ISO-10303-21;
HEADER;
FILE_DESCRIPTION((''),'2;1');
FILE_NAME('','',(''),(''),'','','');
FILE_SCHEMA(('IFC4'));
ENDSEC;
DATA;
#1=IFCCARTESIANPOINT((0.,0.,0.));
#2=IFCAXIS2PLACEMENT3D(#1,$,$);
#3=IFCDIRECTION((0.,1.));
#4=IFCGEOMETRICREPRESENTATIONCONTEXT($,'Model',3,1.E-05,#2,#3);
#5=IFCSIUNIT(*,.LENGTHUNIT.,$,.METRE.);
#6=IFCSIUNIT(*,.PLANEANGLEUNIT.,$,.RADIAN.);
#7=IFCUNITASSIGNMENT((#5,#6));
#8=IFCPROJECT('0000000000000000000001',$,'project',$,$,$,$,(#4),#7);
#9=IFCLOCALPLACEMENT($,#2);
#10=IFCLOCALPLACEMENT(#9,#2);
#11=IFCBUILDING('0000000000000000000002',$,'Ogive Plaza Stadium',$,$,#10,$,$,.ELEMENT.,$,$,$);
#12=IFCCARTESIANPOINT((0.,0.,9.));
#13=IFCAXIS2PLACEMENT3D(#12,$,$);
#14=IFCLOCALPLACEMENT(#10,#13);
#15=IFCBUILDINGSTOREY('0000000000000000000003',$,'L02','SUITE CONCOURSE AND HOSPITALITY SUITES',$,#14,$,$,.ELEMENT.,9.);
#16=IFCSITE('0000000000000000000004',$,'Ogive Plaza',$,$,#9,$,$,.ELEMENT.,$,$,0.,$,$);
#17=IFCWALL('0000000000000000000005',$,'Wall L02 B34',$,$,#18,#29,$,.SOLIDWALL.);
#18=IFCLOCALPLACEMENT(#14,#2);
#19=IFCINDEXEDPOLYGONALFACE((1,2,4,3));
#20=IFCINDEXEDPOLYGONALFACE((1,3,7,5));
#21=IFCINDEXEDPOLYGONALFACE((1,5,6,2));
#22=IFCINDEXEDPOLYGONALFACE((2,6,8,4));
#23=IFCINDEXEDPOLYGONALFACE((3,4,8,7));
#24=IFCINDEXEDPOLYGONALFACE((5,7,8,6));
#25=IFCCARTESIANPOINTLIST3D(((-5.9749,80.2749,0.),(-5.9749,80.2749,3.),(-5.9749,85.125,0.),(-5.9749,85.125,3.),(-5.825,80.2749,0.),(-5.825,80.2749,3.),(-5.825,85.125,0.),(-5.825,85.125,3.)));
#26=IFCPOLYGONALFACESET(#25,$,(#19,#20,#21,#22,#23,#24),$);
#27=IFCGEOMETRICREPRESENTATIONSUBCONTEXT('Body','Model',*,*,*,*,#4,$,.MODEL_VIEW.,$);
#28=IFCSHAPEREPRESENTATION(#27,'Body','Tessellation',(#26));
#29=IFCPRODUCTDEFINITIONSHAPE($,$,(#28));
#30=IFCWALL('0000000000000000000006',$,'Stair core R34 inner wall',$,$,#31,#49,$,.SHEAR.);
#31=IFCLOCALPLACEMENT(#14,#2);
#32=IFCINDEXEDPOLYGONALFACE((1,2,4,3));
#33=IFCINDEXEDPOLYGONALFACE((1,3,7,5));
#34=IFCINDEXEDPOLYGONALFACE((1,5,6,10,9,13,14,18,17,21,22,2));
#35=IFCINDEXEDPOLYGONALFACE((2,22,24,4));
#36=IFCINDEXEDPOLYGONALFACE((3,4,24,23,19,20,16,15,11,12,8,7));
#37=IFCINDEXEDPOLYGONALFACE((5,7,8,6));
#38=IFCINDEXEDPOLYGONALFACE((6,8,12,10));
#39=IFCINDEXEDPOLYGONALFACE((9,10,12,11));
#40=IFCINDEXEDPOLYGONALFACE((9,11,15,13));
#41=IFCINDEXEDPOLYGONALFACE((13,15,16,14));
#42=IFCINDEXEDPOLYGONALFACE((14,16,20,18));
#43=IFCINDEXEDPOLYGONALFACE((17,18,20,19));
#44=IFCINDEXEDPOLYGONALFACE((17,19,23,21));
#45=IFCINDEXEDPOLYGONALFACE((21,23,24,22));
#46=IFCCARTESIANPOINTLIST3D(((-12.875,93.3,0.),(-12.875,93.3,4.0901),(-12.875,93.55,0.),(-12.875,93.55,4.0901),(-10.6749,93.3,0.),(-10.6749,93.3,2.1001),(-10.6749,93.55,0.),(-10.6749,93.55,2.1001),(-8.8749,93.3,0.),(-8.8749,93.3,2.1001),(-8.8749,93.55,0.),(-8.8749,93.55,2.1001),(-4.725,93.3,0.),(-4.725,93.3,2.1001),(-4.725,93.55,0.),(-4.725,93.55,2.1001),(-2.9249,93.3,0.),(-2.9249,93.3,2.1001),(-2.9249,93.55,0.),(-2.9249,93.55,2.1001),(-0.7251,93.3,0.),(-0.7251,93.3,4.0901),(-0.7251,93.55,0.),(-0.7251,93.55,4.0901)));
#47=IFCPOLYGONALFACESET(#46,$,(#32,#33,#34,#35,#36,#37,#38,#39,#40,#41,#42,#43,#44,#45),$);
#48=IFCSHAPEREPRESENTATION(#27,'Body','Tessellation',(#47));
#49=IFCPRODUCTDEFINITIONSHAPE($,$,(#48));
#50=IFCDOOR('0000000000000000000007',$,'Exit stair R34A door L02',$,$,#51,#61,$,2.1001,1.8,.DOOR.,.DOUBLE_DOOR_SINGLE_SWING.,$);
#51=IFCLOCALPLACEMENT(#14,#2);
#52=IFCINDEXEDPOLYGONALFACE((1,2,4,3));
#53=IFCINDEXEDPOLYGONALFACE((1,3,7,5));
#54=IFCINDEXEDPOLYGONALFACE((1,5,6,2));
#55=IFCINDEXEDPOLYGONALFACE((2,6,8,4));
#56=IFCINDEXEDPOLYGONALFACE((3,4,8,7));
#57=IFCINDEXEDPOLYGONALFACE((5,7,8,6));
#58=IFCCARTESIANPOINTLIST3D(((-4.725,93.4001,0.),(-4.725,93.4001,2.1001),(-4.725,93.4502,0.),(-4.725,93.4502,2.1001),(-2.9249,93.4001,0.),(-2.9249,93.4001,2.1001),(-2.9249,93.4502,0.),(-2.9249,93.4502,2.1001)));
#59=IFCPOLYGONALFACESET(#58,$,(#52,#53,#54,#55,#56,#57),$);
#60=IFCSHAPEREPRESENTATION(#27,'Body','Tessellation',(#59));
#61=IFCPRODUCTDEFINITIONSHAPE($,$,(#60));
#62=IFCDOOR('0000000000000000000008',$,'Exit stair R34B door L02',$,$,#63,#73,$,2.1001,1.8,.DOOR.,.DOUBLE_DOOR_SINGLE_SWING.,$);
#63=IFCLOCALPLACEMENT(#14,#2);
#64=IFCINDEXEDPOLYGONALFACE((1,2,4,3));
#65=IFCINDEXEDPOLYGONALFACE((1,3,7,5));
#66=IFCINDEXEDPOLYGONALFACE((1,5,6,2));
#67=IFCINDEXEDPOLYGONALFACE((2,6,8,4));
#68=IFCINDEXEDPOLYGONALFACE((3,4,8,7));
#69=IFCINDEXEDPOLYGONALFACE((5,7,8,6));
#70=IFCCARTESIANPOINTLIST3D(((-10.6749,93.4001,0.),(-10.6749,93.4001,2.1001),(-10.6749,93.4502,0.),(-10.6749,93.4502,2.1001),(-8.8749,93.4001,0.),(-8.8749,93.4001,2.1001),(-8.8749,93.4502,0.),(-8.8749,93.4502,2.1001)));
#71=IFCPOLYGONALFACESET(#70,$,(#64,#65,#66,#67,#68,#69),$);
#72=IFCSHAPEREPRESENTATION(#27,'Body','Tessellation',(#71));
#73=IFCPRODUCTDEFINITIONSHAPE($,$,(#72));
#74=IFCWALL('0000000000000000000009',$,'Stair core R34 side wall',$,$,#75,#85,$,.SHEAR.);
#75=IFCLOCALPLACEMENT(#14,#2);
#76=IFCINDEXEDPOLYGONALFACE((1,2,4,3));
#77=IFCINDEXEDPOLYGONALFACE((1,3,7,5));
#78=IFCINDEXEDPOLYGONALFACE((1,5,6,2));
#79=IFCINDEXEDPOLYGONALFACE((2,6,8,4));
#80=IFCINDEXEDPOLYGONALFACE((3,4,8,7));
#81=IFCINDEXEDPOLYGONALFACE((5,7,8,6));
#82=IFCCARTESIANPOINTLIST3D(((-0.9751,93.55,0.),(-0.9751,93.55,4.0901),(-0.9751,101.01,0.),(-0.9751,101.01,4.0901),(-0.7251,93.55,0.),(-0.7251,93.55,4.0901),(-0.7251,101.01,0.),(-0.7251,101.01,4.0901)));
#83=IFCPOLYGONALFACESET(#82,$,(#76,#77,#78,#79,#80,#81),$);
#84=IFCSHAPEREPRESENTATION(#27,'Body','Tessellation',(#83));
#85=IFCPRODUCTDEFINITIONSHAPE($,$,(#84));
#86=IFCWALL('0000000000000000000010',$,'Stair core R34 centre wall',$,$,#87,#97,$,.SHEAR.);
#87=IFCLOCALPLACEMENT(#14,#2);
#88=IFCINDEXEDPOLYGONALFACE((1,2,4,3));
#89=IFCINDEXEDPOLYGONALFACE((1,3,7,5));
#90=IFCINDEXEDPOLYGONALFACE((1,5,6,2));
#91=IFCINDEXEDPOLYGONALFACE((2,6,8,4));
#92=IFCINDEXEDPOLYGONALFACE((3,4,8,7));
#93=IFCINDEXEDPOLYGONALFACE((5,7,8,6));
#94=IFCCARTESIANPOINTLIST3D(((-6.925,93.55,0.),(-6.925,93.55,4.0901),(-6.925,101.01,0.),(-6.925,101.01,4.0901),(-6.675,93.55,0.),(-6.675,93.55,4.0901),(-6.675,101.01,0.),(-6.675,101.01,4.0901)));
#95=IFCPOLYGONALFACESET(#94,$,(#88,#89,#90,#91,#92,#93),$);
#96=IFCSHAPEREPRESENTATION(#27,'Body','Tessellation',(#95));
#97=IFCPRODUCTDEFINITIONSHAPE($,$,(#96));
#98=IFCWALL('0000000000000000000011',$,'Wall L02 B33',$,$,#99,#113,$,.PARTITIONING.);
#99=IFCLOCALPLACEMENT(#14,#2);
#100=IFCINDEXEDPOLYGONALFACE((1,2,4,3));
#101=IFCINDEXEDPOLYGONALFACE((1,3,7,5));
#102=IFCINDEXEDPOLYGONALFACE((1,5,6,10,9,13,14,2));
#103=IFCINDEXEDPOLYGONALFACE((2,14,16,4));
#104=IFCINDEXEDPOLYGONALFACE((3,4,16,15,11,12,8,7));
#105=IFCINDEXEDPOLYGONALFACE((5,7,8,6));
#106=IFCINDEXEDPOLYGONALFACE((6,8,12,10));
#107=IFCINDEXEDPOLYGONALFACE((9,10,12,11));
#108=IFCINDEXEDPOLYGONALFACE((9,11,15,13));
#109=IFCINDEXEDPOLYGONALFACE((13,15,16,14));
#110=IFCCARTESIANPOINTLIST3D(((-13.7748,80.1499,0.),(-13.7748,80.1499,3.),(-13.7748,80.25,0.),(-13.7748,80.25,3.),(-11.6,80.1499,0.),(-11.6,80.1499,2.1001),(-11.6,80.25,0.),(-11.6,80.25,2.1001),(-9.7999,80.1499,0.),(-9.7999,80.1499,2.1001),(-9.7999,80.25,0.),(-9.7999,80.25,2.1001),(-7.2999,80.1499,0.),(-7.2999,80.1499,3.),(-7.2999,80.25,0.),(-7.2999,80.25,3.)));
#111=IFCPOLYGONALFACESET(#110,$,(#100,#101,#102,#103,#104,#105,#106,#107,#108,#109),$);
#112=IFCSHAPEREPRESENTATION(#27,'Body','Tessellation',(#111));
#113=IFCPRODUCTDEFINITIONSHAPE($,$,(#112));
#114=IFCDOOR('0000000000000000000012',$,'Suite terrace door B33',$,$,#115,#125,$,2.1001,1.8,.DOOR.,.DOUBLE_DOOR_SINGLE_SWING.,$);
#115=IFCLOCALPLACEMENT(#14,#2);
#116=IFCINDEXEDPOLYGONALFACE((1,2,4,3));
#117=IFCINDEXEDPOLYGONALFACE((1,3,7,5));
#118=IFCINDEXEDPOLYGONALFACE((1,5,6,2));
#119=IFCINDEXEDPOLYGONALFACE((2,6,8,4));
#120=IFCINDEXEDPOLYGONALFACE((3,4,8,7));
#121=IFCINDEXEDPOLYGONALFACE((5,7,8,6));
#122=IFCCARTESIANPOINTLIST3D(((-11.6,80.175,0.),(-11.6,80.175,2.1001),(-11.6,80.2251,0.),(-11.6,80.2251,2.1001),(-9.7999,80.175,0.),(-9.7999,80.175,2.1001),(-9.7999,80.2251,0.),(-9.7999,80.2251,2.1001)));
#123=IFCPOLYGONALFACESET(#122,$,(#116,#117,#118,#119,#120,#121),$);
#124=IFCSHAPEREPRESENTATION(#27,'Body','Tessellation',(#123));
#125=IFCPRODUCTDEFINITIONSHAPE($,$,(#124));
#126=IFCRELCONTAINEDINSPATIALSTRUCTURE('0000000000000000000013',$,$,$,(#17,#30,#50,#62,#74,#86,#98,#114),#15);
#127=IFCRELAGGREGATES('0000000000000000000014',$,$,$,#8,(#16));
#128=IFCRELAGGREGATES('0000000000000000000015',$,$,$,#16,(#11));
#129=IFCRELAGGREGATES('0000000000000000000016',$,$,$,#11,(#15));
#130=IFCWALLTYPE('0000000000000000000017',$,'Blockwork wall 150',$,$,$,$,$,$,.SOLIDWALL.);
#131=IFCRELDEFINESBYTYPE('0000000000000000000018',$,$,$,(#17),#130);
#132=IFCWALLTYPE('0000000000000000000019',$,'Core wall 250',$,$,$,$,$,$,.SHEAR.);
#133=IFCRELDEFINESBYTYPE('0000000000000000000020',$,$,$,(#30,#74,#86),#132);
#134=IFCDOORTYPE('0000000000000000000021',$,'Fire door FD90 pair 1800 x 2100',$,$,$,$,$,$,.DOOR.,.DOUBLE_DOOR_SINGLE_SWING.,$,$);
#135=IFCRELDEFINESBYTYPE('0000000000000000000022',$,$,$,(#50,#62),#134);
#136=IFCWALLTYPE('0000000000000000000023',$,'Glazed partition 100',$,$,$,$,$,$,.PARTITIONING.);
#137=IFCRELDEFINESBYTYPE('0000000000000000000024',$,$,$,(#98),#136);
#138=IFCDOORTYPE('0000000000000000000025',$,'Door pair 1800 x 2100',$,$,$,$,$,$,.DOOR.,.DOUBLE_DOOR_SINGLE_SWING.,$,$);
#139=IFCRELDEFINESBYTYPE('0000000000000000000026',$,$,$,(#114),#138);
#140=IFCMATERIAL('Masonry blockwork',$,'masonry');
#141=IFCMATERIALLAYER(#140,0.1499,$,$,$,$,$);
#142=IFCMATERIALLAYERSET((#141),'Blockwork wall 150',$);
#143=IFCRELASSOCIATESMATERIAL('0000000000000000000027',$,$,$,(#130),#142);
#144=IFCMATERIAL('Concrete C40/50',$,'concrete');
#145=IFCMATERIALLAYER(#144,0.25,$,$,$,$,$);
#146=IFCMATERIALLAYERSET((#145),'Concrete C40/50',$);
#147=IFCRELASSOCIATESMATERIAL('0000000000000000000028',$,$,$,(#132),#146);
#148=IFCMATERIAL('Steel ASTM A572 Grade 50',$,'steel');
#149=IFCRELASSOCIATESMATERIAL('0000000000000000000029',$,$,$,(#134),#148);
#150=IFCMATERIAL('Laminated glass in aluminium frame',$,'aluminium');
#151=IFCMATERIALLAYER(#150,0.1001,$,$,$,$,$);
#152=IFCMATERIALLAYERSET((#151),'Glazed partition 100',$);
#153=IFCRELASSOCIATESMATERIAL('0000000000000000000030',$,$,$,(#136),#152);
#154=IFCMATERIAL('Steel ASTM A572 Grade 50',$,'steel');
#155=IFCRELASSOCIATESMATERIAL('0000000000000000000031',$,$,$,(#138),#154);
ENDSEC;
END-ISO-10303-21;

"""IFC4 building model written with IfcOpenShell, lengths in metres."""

from ifc_helpers import new_model, si_unit, direction, frame, frame_2d, origin, place, context, subcontext, project, spatial, rectangle, extrude, material, layer, layer_set, type_object, element, fill, save


model = new_model("IFC4")

# Units and contexts
model_context = context("Model", 3, precision=1e-05, world=origin(), true_north=direction((0.0, 1.0)))
body_context = subcontext(model_context, "Body", "Model", "MODEL_VIEW")
ifc_project = project(units=[si_unit("LENGTHUNIT", "METRE"), si_unit("PLANEANGLEUNIT", "RADIAN")], contexts=[model_context])

# Site, building, storey
site_placement = place(None, origin())
site = spatial("IfcSite", under=ifc_project, at=site_placement, Name="Ogive Plaza", CompositionType="ELEMENT", RefElevation=0.0)
building_placement = place(site_placement, origin())
building = spatial("IfcBuilding", under=site, at=building_placement, Name="Ogive Plaza Stadium", CompositionType="ELEMENT")
storey_placement = place(building_placement, frame((0.0, 0.0, 9.0)))
storey = spatial("IfcBuildingStorey", under=building, at=storey_placement, Name="L02", Description="SUITE CONCOURSE AND HOSPITALITY SUITES", CompositionType="ELEMENT", Elevation=9.0)

# Shared definitions
ifc_material_1 = material(Name="Masonry blockwork", Category="masonry")
ifc_layer_1 = layer(ifc_material_1, 0.1499)
ifc_layer_set_1 = layer_set([ifc_layer_1], Name="Blockwork wall 150")
wall_type_1 = type_object("IfcWallType", Name="Blockwork wall 150", PredefinedType="SOLIDWALL", material=ifc_layer_set_1)

# Wall
wall_1_placement = place(storey_placement, frame((-5.8999, 80.2749, 0.0), z_axis=(0.0, 0.0, 1.0), x_axis=(0.0, 1.0, 0.0)))
element("IfcWall", 1, at=wall_1_placement, inside=storey, type_object=wall_type_1, Name="Wall L02 B34", PredefinedType="SOLIDWALL", context=body_context, shape_type="SweptSolid", body=[
    extrude(rectangle(XDim=4.8501, YDim=0.1499, at=frame_2d((2.425, 0.0))), origin(), (0.0, 0.0, 1.0), 3.0),
])

# Wall, openings, doors
ifc_material_2 = material(Name="Concrete C40/50", Category="concrete")
ifc_layer_2 = layer(ifc_material_2, 0.25)
ifc_layer_set_2 = layer_set([ifc_layer_2], Name="Concrete C40/50")
wall_type_2 = type_object("IfcWallType", Name="Core wall 250", PredefinedType="SHEAR", material=ifc_layer_set_2)
wall_2_placement = place(storey_placement, frame((-0.7251, 93.425, 0.0), z_axis=(0.0, 0.0, 1.0), x_axis=(-1.0, 0.0, 0.0)))
wall_2 = element("IfcWall", 2, at=wall_2_placement, inside=storey, type_object=wall_type_2, Name="Stair core R34 inner wall", PredefinedType="SHEAR", context=body_context, shape_type="SweptSolid", body=[
    extrude(rectangle(XDim=12.1499, YDim=0.25, at=frame_2d((6.075, 0.0))), origin(), (0.0, 0.0, 1.0), 4.0901),
])
opening_1_placement = place(wall_2_placement, frame((2.2, 0.0, 0.0)))
opening_1 = element("IfcOpeningElement", 3, at=opening_1_placement, cuts=wall_2, PredefinedType="OPENING", context=body_context, shape_type="SweptSolid", body=[
    extrude(rectangle(XDim=1.8, YDim=2.1001, at=frame_2d((0.8999, 1.05))), frame((0.0, 0.125, 0.0), z_axis=(0.0, -1.0, 0.0), x_axis=(1.0, 0.0, 0.0)), (0.0, 0.0, 1.0), 0.25),
])
opening_2_placement = place(wall_2_placement, frame((8.1499, 0.0, 0.0)))
opening_2 = element("IfcOpeningElement", 4, at=opening_2_placement, cuts=wall_2, PredefinedType="OPENING", context=body_context, shape_type="SweptSolid", body=[
    extrude(rectangle(XDim=1.8, YDim=2.1001, at=frame_2d((0.8999, 1.05))), frame((0.0, 0.125, 0.0), z_axis=(0.0, -1.0, 0.0), x_axis=(1.0, 0.0, 0.0)), (0.0, 0.0, 1.0), 0.25),
])
ifc_material_3 = material(Name="Steel ASTM A572 Grade 50", Category="steel")
door_type_1 = type_object("IfcDoorType", Name="Fire door FD90 pair 1800 x 2100", OperationType="DOUBLE_DOOR_SINGLE_SWING", PredefinedType="DOOR", material=ifc_material_3)
door_1_placement = place(opening_1_placement, origin())
door_1 = element("IfcDoor", 5, at=door_1_placement, inside=storey, type_object=door_type_1, Name="Exit stair R34A door L02", OperationType="DOUBLE_DOOR_SINGLE_SWING", OverallHeight=2.1001, OverallWidth=1.8, PredefinedType="DOOR", context=body_context, shape_type="SweptSolid", body=[
    extrude(rectangle(XDim=1.8, YDim=2.1001, at=frame_2d((0.8999, 1.05))), frame((0.0, 0.0249, 0.0), z_axis=(0.0, -1.0, 0.0), x_axis=(1.0, 0.0, 0.0)), (0.0, 0.0, 1.0), 0.05),
])
fill(opening_1, door_1)
door_2_placement = place(opening_2_placement, origin())
door_2 = element("IfcDoor", 6, at=door_2_placement, inside=storey, type_object=door_type_1, Name="Exit stair R34B door L02", OperationType="DOUBLE_DOOR_SINGLE_SWING", OverallHeight=2.1001, OverallWidth=1.8, PredefinedType="DOOR", context=body_context, shape_type="SweptSolid", body=[
    extrude(rectangle(XDim=1.8, YDim=2.1001, at=frame_2d((0.8999, 1.05))), frame((0.0, 0.0249, 0.0), z_axis=(0.0, -1.0, 0.0), x_axis=(1.0, 0.0, 0.0)), (0.0, 0.0, 1.0), 0.05),
])
fill(opening_2, door_2)

# Walls
for number, where, z_axis, x_axis, name in (
    (7, (-0.8501, 93.55, 0.0), (0.0, 0.0, 1.0), (0.0, 1.0, 0.0), "Stair core R34 side wall"),
    (8, (-6.8, 93.55, 0.0), (0.0, 0.0, 1.0), (0.0, 1.0, 0.0), "Stair core R34 centre wall"),
):
    element("IfcWall", number, at=place(storey_placement, frame(where, z_axis=z_axis, x_axis=x_axis)), inside=storey, type_object=wall_type_2, Name=name, PredefinedType="SHEAR", context=body_context, shape_type="SweptSolid", body=[
        extrude(rectangle(XDim=7.46, YDim=0.25, at=frame_2d((3.73, 0.0))), origin(), (0.0, 0.0, 1.0), 4.0901),
    ])

# Wall, opening, door
ifc_material_4 = material(Name="Laminated glass in aluminium frame", Category="aluminium")
ifc_layer_3 = layer(ifc_material_4, 0.1001)
ifc_layer_set_3 = layer_set([ifc_layer_3], Name="Glazed partition 100")
wall_type_3 = type_object("IfcWallType", Name="Glazed partition 100", PredefinedType="PARTITIONING", material=ifc_layer_set_3)
wall_3_placement = place(storey_placement, frame((-7.3, 80.2, 0.0), z_axis=(0.0, 0.0, 1.0), x_axis=(-1.0, 0.0, 0.0)))
wall_3 = element("IfcWall", 9, at=wall_3_placement, inside=storey, type_object=wall_type_3, Name="Wall L02 B33", PredefinedType="PARTITIONING", context=body_context, shape_type="SweptSolid", body=[
    extrude(rectangle(XDim=6.4749, YDim=0.1001, at=frame_2d((3.2373, 0.0))), origin(), (0.0, 0.0, 1.0), 3.0),
])
opening_3_placement = place(wall_3_placement, frame((2.5, 0.0, 0.0)))
opening_3 = element("IfcOpeningElement", 10, at=opening_3_placement, cuts=wall_3, PredefinedType="OPENING", context=body_context, shape_type="SweptSolid", body=[
    extrude(rectangle(XDim=1.8, YDim=2.1001, at=frame_2d((0.8999, 1.05))), frame((0.0, 0.05, 0.0), z_axis=(0.0, -1.0, 0.0), x_axis=(1.0, 0.0, 0.0)), (0.0, 0.0, 1.0), 0.1001),
])
ifc_material_5 = material(Name="Steel ASTM A572 Grade 50", Category="steel")
door_type_2 = type_object("IfcDoorType", Name="Door pair 1800 x 2100", OperationType="DOUBLE_DOOR_SINGLE_SWING", PredefinedType="DOOR", material=ifc_material_5)
door_3_placement = place(opening_3_placement, origin())
door_3 = element("IfcDoor", 11, at=door_3_placement, inside=storey, type_object=door_type_2, Name="Suite terrace door B33", OperationType="DOUBLE_DOOR_SINGLE_SWING", OverallHeight=2.1001, OverallWidth=1.8, PredefinedType="DOOR", context=body_context, shape_type="SweptSolid", body=[
    extrude(rectangle(XDim=1.8, YDim=2.1001, at=frame_2d((0.8999, 1.05))), frame((0.0, 0.0249, 0.0), z_axis=(0.0, -1.0, 0.0), x_axis=(1.0, 0.0, 0.0)), (0.0, 0.0, 1.0), 0.05),
])
fill(opening_3, door_3)

save(model, "model.ifc")
